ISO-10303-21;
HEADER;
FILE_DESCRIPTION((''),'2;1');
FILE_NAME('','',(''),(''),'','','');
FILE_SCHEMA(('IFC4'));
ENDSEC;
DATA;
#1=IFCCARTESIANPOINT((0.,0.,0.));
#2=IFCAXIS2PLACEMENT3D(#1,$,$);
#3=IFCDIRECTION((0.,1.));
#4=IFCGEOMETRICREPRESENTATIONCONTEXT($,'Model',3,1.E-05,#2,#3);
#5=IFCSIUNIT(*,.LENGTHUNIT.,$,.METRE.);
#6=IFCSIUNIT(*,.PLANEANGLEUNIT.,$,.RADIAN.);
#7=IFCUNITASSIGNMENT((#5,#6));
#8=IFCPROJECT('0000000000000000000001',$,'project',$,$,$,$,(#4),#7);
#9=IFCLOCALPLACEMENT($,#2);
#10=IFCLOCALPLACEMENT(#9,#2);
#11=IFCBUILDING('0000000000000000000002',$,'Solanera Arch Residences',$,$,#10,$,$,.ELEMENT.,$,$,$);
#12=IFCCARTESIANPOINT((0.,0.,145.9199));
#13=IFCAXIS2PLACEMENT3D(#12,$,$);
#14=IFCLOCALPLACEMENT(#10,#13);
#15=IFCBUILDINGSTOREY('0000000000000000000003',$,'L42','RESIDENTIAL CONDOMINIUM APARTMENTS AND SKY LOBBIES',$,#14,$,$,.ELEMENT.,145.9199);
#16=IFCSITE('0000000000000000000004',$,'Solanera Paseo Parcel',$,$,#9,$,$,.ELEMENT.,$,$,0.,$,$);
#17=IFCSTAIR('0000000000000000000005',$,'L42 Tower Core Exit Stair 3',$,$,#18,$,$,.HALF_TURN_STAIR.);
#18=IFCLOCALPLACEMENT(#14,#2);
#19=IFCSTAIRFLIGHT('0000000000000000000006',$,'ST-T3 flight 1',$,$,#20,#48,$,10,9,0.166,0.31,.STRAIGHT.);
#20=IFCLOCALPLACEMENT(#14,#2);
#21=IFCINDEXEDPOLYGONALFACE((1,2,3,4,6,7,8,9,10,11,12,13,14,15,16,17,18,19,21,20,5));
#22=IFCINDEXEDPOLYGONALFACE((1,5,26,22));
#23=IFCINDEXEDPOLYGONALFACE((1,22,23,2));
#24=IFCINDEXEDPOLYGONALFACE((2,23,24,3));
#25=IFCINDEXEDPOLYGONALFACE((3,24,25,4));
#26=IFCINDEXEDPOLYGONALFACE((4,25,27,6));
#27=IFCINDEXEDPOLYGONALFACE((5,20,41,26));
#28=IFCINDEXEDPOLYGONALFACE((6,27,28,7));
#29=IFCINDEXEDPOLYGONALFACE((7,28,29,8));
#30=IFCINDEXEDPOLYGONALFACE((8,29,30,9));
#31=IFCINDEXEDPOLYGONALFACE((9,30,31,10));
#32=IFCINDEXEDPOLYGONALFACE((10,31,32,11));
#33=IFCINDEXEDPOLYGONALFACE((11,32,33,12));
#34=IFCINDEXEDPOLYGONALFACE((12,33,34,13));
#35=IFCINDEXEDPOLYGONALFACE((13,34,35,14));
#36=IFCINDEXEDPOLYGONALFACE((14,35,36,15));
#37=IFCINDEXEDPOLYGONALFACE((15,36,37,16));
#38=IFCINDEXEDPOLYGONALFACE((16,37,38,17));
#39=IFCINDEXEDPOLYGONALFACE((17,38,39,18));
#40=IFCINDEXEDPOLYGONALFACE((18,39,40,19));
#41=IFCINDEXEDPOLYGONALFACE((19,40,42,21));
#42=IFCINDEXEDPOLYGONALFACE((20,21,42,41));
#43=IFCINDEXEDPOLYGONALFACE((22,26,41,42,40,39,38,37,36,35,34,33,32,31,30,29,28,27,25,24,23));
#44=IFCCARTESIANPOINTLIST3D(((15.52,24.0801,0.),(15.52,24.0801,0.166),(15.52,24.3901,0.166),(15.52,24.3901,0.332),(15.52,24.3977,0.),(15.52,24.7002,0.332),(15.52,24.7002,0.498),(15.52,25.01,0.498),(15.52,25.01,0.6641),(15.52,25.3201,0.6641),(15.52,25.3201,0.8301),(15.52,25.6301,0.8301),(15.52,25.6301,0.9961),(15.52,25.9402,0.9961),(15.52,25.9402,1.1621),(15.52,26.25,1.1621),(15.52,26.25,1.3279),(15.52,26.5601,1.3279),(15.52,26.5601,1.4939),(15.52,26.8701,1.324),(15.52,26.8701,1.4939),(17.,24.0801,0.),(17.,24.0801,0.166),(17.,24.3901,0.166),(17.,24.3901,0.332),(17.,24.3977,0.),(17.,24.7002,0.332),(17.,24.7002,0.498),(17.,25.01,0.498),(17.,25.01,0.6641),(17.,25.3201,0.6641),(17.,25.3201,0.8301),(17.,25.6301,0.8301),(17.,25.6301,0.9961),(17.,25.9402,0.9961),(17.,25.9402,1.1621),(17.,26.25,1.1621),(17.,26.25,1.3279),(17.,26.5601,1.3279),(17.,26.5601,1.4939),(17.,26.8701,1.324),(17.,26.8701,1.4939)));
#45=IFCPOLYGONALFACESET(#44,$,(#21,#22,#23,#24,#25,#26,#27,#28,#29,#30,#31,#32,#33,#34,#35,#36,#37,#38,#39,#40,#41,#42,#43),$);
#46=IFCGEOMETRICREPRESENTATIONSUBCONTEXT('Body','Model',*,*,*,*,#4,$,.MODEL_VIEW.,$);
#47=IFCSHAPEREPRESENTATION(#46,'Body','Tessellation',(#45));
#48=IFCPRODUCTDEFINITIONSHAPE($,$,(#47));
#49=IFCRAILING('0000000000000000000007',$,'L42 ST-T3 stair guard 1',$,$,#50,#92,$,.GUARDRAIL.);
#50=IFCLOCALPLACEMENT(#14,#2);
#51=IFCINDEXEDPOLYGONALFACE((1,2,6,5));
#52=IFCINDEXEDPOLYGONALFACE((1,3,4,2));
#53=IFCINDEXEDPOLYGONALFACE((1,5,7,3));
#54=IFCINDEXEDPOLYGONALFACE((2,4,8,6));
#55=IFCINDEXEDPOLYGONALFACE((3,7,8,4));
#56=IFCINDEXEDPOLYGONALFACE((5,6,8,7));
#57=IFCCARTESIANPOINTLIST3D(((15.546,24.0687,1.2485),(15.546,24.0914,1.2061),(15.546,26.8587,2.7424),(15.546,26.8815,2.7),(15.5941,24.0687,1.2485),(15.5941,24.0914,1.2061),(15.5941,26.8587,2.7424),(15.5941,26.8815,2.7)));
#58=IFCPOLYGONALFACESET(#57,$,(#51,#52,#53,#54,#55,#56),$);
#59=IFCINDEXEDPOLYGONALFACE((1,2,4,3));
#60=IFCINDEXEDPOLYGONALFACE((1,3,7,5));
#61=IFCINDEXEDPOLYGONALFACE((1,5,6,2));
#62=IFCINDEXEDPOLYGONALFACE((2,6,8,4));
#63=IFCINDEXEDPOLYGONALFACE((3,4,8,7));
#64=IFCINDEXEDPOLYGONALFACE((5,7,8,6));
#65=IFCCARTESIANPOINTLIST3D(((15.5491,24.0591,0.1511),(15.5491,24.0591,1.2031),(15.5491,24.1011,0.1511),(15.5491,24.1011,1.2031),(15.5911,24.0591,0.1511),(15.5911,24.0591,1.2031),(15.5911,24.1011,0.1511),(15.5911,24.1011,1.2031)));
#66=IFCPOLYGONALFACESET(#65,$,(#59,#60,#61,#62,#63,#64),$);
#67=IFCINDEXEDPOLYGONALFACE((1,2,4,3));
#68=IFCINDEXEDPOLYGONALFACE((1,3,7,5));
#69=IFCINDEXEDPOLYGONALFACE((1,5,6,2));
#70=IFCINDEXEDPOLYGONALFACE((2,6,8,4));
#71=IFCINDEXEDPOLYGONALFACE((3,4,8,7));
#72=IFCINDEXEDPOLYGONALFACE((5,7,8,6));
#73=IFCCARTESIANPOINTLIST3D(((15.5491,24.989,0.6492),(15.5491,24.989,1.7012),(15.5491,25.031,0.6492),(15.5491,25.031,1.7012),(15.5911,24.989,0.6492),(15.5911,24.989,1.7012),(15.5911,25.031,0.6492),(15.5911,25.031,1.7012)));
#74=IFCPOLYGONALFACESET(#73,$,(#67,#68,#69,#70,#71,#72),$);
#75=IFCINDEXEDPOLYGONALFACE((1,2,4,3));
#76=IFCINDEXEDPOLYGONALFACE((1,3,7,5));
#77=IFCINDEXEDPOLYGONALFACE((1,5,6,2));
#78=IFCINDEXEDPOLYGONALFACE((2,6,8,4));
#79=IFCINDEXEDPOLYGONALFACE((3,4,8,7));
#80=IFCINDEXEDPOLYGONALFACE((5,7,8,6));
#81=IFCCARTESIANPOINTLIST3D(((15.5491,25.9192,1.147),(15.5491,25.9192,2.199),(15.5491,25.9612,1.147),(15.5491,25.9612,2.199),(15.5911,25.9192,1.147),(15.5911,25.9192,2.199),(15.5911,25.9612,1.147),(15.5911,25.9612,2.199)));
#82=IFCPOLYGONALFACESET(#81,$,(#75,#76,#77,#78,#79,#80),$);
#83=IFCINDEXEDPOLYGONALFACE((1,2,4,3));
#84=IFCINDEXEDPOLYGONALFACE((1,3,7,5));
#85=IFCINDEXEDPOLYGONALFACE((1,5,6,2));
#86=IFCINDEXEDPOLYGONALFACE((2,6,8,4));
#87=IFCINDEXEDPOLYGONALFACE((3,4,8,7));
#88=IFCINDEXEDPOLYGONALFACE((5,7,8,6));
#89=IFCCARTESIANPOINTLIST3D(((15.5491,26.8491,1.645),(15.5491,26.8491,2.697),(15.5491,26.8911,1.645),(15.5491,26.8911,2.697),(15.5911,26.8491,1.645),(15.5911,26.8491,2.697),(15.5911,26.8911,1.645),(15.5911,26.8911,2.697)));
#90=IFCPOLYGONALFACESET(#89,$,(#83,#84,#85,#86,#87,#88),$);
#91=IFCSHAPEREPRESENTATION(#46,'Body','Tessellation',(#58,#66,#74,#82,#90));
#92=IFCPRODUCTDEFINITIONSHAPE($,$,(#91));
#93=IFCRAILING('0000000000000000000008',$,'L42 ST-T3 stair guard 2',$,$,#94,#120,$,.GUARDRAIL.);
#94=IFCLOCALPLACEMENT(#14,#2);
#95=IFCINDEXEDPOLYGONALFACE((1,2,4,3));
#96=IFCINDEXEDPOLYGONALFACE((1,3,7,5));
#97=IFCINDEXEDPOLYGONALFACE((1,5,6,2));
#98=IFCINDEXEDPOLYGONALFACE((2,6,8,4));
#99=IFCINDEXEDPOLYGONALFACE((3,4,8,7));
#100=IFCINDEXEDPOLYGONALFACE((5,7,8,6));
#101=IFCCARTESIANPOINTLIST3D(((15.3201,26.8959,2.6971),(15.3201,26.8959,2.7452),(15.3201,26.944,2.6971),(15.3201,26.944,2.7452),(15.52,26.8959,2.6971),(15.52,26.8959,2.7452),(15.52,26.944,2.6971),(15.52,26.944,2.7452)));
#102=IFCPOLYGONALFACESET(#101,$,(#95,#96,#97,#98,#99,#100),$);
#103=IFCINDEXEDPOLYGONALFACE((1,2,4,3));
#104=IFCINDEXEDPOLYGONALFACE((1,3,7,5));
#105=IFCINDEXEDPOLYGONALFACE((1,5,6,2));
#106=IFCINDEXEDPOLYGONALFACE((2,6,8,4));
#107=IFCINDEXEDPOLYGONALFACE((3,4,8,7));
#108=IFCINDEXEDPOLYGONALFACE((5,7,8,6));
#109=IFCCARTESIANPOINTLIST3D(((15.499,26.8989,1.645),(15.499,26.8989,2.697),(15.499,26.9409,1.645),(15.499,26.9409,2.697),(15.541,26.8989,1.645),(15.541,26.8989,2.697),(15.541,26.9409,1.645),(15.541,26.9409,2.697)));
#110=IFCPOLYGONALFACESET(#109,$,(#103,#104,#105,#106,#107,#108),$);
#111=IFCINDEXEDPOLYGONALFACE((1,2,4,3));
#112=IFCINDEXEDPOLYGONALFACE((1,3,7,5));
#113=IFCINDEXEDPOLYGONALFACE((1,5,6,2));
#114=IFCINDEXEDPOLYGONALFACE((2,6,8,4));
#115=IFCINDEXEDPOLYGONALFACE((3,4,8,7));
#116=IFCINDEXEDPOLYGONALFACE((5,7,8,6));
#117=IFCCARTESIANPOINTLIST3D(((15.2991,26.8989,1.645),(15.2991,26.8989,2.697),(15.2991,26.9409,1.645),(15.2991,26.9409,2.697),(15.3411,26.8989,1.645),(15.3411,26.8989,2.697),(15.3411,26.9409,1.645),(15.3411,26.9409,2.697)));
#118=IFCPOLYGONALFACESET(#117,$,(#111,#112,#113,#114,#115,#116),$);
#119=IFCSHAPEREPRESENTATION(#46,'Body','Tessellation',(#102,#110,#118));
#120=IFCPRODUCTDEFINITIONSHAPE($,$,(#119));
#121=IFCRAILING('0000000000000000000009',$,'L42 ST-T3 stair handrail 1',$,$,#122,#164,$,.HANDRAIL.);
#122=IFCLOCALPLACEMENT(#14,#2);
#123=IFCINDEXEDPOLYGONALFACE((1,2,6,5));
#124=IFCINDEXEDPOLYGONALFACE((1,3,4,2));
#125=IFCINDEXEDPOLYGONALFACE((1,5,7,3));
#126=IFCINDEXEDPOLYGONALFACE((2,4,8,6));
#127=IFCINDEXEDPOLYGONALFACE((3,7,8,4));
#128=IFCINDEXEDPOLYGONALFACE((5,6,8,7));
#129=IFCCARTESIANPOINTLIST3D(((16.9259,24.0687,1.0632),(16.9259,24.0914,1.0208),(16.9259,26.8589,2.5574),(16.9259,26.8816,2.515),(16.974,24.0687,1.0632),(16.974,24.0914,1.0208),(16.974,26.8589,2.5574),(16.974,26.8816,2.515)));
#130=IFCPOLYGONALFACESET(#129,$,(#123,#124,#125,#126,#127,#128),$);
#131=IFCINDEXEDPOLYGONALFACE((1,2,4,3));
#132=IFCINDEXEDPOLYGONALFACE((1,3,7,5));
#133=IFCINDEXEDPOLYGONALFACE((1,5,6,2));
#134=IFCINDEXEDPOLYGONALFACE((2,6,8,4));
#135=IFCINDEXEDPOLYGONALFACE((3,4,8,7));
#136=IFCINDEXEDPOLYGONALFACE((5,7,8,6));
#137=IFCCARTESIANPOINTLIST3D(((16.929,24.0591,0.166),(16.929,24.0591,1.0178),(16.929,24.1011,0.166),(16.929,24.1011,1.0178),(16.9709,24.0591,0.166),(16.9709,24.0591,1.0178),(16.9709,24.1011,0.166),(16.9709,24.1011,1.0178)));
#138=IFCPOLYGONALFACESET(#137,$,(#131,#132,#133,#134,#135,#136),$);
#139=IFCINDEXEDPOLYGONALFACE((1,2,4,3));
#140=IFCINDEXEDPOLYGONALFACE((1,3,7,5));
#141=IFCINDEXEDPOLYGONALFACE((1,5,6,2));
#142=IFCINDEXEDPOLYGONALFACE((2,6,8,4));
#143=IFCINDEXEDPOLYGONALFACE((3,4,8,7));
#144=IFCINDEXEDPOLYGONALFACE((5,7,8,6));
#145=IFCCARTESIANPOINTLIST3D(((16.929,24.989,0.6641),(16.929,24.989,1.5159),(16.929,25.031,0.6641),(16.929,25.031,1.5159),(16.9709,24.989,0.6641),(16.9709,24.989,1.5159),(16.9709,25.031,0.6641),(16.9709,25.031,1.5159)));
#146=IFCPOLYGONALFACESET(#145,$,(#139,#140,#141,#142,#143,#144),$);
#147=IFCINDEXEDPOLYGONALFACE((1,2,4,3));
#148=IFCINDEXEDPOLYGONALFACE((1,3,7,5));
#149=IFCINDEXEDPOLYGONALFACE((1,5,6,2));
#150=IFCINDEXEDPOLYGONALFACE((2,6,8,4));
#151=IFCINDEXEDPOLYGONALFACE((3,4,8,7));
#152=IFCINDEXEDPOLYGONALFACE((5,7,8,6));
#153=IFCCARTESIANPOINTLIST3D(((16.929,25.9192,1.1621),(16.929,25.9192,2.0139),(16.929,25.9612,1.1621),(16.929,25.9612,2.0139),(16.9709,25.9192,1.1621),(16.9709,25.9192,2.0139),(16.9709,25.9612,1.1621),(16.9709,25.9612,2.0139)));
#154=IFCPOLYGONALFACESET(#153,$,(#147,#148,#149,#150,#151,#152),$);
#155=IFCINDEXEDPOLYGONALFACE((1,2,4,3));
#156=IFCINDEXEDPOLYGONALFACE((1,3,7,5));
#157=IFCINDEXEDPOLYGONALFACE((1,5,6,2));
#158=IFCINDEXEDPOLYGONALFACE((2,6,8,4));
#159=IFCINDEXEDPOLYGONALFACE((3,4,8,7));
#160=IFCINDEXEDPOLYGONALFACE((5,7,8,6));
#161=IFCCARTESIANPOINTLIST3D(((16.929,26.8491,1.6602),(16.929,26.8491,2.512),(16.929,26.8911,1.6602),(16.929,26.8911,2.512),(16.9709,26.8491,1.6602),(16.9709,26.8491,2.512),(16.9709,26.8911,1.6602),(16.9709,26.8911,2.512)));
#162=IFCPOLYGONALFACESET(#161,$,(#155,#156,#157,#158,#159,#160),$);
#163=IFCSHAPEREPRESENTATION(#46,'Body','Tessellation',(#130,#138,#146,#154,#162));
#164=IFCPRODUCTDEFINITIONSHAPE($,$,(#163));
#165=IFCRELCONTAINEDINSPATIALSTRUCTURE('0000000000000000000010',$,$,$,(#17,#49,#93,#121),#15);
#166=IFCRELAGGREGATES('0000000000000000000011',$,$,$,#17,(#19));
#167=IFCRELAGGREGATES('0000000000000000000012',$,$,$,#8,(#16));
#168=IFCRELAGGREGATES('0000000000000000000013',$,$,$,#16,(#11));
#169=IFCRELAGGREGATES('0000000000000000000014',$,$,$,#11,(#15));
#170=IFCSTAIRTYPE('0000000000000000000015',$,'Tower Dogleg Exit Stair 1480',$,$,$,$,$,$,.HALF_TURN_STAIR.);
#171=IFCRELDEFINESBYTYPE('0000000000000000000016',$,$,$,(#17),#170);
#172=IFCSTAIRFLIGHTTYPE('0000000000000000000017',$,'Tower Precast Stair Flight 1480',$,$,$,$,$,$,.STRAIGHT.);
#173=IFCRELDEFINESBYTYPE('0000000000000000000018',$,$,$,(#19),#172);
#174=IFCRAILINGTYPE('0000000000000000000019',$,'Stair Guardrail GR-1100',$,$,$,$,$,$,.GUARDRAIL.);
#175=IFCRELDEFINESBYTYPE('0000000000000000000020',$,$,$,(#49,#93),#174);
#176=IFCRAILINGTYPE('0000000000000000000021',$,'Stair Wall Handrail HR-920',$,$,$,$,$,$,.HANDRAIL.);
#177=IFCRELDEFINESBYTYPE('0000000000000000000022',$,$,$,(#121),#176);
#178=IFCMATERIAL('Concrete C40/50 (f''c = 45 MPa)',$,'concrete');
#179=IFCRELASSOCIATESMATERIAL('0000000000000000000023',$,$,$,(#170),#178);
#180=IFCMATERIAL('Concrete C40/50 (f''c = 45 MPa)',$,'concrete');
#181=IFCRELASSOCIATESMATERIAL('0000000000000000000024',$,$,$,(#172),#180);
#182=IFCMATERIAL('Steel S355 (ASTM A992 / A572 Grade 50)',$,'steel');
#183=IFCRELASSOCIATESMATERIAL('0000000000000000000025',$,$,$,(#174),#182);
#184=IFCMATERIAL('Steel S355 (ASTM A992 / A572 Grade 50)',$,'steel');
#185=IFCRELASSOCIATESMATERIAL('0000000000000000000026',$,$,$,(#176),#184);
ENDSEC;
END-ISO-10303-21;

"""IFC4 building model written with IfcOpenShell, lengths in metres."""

from ifc_helpers import new_model, si_unit, direction, frame, origin, origin_2d, place, context, subcontext, project, spatial, polyline, rectangle, outline, extrude, material, type_object, element, aggregate, save


model = new_model("IFC4")

# Units and contexts
model_context = context("Model", 3, precision=1e-05, world=origin(), true_north=direction((0.0, 1.0)))
body_context = subcontext(model_context, "Body", "Model", "MODEL_VIEW")
ifc_project = project(units=[si_unit("LENGTHUNIT", "METRE"), si_unit("PLANEANGLEUNIT", "RADIAN")], contexts=[model_context])

# Site, building, storey
site_placement = place(None, origin())
site = spatial("IfcSite", under=ifc_project, at=site_placement, Name="Solanera Paseo Parcel", CompositionType="ELEMENT", RefElevation=0.0)
building_placement = place(site_placement, origin())
building = spatial("IfcBuilding", under=site, at=building_placement, Name="Solanera Arch Residences", CompositionType="ELEMENT")
storey_placement = place(building_placement, frame((0.0, 0.0, 145.9199)))
storey = spatial("IfcBuildingStorey", under=building, at=storey_placement, Name="L42", Description="RESIDENTIAL CONDOMINIUM APARTMENTS AND SKY LOBBIES", CompositionType="ELEMENT", Elevation=145.9199)

# Stair, stair flight
ifc_material_1 = material(Name="Concrete C40/50 (f'c = 45 MPa)", Category="concrete")
stair_type = type_object("IfcStairType", Name="Tower Dogleg Exit Stair 1480", PredefinedType="HALF_TURN_STAIR", material=ifc_material_1)
stair_placement = place(storey_placement, origin())
stair = element("IfcStair", 1, at=stair_placement, inside=storey, type_object=stair_type, Name="L42 Tower Core Exit Stair 3", PredefinedType="HALF_TURN_STAIR")
ifc_material_2 = material(Name="Concrete C40/50 (f'c = 45 MPa)", Category="concrete")
stair_flight_type = type_object("IfcStairFlightType", Name="Tower Precast Stair Flight 1480", PredefinedType="STRAIGHT", material=ifc_material_2)
stair_flight_placement = place(storey_placement, frame((16.26, 24.0801, 0.0), z_axis=(0.0, 0.0, 1.0), x_axis=(0.0, 1.0, 0.0)))
stair_flight = element("IfcStairFlight", 2, at=stair_flight_placement, type_object=stair_flight_type, Name="ST-T3 flight 1", NumberOfRisers=10, NumberOfTreads=9, PredefinedType="STRAIGHT", RiserHeight=0.166, TreadLength=0.31, context=body_context, shape_type="SweptSolid", body=[
    extrude(outline(polyline([(0.0, 0.0), (0.0, 0.166), (0.3101, 0.166), (0.3101, 0.332), (0.6201, 0.332), (0.6201, 0.498), (0.9299, 0.498), (0.9299, 0.6641), (1.24, 0.6641), (1.24, 0.8301), (1.55, 0.8301), (1.55, 0.9961), (1.8601, 0.9961), (1.8601, 1.1621), (2.1699, 1.1621), (2.1699, 1.3279), (2.48, 1.3279), (2.48, 1.4939), (2.79, 1.4939), (2.79, 1.6599), (2.79, 1.324), (0.3176, 0.0), (0.0, 0.0)])), frame((0.0, 0.74, 0.0), z_axis=(0.0, -1.0, 0.0), x_axis=(1.0, 0.0, 0.0)), (0.0, 0.0, 1.0), 1.48),
])
aggregate(stair, [stair_flight])

# Railings
ifc_material_3 = material(Name="Steel S355 (ASTM A992 / A572 Grade 50)", Category="steel")
railing_type_1 = type_object("IfcRailingType", Name="Stair Guardrail GR-1100", PredefinedType="GUARDRAIL", material=ifc_material_3)
railing_1_placement = place(storey_placement, frame((15.5701, 24.0801, 0.1511)))
element("IfcRailing", 3, at=railing_1_placement, inside=storey, type_object=railing_type_1, Name="L42 ST-T3 stair guard 1", PredefinedType="GUARDRAIL", context=body_context, shape_type="SweptSolid", body=[
    extrude(rectangle(XDim=0.0481, YDim=0.0481, at=origin_2d()), frame((0.0, 0.0, 1.0762), z_axis=(0.0, 0.881581, 0.472033), x_axis=(-1.0, 0.0, 0.0)), (0.0, 0.0, 1.0), 3.1648),
    extrude(rectangle(XDim=0.042, YDim=0.042, at=origin_2d()), origin(), (0.0, 0.0, 1.0), 1.052),
    extrude(rectangle(XDim=0.042, YDim=0.042, at=origin_2d()), frame((0.0, 0.9299, 0.498)), (0.0, 0.0, 1.0), 1.052),
    extrude(rectangle(XDim=0.042, YDim=0.042, at=origin_2d()), frame((0.0, 1.8601, 0.9958)), (0.0, 0.0, 1.0), 1.052),
    extrude(rectangle(XDim=0.042, YDim=0.042, at=origin_2d()), frame((0.0, 2.79, 1.4939)), (0.0, 0.0, 1.0), 1.052),
])
railing_2_placement = place(storey_placement, frame((15.52, 26.9199, 1.645)))
element("IfcRailing", 4, at=railing_2_placement, inside=storey, type_object=railing_type_1, Name="L42 ST-T3 stair guard 2", PredefinedType="GUARDRAIL", context=body_context, shape_type="SweptSolid", body=[
    extrude(rectangle(XDim=0.0481, YDim=0.0481, at=origin_2d()), frame((0.0, 0.0, 1.0762), z_axis=(-1.0, 0.0, 0.0), x_axis=(0.0, -1.0, 0.0)), (0.0, 0.0, 1.0), 0.2),
    extrude(rectangle(XDim=0.042, YDim=0.042, at=origin_2d()), origin(), (0.0, 0.0, 1.0), 1.052),
    extrude(rectangle(XDim=0.042, YDim=0.042, at=origin_2d()), frame((-0.2, 0.0, 0.0)), (0.0, 0.0, 1.0), 1.052),
])
ifc_material_4 = material(Name="Steel S355 (ASTM A992 / A572 Grade 50)", Category="steel")
railing_type_2 = type_object("IfcRailingType", Name="Stair Wall Handrail HR-920", PredefinedType="HANDRAIL", material=ifc_material_4)
railing_3_placement = place(storey_placement, frame((16.95, 24.0801, 0.166)))
element("IfcRailing", 5, at=railing_3_placement, inside=storey, type_object=railing_type_2, Name="L42 ST-T3 stair handrail 1", PredefinedType="HANDRAIL", context=body_context, shape_type="SweptSolid", body=[
    extrude(rectangle(XDim=0.0481, YDim=0.0481, at=origin_2d()), frame((0.0, 0.0, 0.876), z_axis=(0.0, 0.881549, 0.472093), x_axis=(-1.0, 0.0, 0.0)), (0.0, 0.0, 1.0), 3.165),
    extrude(rectangle(XDim=0.042, YDim=0.042, at=origin_2d()), origin(), (0.0, 0.0, 1.0), 0.8518),
    extrude(rectangle(XDim=0.042, YDim=0.042, at=origin_2d()), frame((0.0, 0.9299, 0.498)), (0.0, 0.0, 1.0), 0.8518),
    extrude(rectangle(XDim=0.042, YDim=0.042, at=origin_2d()), frame((0.0, 1.8601, 0.9961)), (0.0, 0.0, 1.0), 0.8518),
    extrude(rectangle(XDim=0.042, YDim=0.042, at=origin_2d()), frame((0.0, 2.79, 1.4941)), (0.0, 0.0, 1.0), 0.8518),
])

save(model, "model.ifc")
